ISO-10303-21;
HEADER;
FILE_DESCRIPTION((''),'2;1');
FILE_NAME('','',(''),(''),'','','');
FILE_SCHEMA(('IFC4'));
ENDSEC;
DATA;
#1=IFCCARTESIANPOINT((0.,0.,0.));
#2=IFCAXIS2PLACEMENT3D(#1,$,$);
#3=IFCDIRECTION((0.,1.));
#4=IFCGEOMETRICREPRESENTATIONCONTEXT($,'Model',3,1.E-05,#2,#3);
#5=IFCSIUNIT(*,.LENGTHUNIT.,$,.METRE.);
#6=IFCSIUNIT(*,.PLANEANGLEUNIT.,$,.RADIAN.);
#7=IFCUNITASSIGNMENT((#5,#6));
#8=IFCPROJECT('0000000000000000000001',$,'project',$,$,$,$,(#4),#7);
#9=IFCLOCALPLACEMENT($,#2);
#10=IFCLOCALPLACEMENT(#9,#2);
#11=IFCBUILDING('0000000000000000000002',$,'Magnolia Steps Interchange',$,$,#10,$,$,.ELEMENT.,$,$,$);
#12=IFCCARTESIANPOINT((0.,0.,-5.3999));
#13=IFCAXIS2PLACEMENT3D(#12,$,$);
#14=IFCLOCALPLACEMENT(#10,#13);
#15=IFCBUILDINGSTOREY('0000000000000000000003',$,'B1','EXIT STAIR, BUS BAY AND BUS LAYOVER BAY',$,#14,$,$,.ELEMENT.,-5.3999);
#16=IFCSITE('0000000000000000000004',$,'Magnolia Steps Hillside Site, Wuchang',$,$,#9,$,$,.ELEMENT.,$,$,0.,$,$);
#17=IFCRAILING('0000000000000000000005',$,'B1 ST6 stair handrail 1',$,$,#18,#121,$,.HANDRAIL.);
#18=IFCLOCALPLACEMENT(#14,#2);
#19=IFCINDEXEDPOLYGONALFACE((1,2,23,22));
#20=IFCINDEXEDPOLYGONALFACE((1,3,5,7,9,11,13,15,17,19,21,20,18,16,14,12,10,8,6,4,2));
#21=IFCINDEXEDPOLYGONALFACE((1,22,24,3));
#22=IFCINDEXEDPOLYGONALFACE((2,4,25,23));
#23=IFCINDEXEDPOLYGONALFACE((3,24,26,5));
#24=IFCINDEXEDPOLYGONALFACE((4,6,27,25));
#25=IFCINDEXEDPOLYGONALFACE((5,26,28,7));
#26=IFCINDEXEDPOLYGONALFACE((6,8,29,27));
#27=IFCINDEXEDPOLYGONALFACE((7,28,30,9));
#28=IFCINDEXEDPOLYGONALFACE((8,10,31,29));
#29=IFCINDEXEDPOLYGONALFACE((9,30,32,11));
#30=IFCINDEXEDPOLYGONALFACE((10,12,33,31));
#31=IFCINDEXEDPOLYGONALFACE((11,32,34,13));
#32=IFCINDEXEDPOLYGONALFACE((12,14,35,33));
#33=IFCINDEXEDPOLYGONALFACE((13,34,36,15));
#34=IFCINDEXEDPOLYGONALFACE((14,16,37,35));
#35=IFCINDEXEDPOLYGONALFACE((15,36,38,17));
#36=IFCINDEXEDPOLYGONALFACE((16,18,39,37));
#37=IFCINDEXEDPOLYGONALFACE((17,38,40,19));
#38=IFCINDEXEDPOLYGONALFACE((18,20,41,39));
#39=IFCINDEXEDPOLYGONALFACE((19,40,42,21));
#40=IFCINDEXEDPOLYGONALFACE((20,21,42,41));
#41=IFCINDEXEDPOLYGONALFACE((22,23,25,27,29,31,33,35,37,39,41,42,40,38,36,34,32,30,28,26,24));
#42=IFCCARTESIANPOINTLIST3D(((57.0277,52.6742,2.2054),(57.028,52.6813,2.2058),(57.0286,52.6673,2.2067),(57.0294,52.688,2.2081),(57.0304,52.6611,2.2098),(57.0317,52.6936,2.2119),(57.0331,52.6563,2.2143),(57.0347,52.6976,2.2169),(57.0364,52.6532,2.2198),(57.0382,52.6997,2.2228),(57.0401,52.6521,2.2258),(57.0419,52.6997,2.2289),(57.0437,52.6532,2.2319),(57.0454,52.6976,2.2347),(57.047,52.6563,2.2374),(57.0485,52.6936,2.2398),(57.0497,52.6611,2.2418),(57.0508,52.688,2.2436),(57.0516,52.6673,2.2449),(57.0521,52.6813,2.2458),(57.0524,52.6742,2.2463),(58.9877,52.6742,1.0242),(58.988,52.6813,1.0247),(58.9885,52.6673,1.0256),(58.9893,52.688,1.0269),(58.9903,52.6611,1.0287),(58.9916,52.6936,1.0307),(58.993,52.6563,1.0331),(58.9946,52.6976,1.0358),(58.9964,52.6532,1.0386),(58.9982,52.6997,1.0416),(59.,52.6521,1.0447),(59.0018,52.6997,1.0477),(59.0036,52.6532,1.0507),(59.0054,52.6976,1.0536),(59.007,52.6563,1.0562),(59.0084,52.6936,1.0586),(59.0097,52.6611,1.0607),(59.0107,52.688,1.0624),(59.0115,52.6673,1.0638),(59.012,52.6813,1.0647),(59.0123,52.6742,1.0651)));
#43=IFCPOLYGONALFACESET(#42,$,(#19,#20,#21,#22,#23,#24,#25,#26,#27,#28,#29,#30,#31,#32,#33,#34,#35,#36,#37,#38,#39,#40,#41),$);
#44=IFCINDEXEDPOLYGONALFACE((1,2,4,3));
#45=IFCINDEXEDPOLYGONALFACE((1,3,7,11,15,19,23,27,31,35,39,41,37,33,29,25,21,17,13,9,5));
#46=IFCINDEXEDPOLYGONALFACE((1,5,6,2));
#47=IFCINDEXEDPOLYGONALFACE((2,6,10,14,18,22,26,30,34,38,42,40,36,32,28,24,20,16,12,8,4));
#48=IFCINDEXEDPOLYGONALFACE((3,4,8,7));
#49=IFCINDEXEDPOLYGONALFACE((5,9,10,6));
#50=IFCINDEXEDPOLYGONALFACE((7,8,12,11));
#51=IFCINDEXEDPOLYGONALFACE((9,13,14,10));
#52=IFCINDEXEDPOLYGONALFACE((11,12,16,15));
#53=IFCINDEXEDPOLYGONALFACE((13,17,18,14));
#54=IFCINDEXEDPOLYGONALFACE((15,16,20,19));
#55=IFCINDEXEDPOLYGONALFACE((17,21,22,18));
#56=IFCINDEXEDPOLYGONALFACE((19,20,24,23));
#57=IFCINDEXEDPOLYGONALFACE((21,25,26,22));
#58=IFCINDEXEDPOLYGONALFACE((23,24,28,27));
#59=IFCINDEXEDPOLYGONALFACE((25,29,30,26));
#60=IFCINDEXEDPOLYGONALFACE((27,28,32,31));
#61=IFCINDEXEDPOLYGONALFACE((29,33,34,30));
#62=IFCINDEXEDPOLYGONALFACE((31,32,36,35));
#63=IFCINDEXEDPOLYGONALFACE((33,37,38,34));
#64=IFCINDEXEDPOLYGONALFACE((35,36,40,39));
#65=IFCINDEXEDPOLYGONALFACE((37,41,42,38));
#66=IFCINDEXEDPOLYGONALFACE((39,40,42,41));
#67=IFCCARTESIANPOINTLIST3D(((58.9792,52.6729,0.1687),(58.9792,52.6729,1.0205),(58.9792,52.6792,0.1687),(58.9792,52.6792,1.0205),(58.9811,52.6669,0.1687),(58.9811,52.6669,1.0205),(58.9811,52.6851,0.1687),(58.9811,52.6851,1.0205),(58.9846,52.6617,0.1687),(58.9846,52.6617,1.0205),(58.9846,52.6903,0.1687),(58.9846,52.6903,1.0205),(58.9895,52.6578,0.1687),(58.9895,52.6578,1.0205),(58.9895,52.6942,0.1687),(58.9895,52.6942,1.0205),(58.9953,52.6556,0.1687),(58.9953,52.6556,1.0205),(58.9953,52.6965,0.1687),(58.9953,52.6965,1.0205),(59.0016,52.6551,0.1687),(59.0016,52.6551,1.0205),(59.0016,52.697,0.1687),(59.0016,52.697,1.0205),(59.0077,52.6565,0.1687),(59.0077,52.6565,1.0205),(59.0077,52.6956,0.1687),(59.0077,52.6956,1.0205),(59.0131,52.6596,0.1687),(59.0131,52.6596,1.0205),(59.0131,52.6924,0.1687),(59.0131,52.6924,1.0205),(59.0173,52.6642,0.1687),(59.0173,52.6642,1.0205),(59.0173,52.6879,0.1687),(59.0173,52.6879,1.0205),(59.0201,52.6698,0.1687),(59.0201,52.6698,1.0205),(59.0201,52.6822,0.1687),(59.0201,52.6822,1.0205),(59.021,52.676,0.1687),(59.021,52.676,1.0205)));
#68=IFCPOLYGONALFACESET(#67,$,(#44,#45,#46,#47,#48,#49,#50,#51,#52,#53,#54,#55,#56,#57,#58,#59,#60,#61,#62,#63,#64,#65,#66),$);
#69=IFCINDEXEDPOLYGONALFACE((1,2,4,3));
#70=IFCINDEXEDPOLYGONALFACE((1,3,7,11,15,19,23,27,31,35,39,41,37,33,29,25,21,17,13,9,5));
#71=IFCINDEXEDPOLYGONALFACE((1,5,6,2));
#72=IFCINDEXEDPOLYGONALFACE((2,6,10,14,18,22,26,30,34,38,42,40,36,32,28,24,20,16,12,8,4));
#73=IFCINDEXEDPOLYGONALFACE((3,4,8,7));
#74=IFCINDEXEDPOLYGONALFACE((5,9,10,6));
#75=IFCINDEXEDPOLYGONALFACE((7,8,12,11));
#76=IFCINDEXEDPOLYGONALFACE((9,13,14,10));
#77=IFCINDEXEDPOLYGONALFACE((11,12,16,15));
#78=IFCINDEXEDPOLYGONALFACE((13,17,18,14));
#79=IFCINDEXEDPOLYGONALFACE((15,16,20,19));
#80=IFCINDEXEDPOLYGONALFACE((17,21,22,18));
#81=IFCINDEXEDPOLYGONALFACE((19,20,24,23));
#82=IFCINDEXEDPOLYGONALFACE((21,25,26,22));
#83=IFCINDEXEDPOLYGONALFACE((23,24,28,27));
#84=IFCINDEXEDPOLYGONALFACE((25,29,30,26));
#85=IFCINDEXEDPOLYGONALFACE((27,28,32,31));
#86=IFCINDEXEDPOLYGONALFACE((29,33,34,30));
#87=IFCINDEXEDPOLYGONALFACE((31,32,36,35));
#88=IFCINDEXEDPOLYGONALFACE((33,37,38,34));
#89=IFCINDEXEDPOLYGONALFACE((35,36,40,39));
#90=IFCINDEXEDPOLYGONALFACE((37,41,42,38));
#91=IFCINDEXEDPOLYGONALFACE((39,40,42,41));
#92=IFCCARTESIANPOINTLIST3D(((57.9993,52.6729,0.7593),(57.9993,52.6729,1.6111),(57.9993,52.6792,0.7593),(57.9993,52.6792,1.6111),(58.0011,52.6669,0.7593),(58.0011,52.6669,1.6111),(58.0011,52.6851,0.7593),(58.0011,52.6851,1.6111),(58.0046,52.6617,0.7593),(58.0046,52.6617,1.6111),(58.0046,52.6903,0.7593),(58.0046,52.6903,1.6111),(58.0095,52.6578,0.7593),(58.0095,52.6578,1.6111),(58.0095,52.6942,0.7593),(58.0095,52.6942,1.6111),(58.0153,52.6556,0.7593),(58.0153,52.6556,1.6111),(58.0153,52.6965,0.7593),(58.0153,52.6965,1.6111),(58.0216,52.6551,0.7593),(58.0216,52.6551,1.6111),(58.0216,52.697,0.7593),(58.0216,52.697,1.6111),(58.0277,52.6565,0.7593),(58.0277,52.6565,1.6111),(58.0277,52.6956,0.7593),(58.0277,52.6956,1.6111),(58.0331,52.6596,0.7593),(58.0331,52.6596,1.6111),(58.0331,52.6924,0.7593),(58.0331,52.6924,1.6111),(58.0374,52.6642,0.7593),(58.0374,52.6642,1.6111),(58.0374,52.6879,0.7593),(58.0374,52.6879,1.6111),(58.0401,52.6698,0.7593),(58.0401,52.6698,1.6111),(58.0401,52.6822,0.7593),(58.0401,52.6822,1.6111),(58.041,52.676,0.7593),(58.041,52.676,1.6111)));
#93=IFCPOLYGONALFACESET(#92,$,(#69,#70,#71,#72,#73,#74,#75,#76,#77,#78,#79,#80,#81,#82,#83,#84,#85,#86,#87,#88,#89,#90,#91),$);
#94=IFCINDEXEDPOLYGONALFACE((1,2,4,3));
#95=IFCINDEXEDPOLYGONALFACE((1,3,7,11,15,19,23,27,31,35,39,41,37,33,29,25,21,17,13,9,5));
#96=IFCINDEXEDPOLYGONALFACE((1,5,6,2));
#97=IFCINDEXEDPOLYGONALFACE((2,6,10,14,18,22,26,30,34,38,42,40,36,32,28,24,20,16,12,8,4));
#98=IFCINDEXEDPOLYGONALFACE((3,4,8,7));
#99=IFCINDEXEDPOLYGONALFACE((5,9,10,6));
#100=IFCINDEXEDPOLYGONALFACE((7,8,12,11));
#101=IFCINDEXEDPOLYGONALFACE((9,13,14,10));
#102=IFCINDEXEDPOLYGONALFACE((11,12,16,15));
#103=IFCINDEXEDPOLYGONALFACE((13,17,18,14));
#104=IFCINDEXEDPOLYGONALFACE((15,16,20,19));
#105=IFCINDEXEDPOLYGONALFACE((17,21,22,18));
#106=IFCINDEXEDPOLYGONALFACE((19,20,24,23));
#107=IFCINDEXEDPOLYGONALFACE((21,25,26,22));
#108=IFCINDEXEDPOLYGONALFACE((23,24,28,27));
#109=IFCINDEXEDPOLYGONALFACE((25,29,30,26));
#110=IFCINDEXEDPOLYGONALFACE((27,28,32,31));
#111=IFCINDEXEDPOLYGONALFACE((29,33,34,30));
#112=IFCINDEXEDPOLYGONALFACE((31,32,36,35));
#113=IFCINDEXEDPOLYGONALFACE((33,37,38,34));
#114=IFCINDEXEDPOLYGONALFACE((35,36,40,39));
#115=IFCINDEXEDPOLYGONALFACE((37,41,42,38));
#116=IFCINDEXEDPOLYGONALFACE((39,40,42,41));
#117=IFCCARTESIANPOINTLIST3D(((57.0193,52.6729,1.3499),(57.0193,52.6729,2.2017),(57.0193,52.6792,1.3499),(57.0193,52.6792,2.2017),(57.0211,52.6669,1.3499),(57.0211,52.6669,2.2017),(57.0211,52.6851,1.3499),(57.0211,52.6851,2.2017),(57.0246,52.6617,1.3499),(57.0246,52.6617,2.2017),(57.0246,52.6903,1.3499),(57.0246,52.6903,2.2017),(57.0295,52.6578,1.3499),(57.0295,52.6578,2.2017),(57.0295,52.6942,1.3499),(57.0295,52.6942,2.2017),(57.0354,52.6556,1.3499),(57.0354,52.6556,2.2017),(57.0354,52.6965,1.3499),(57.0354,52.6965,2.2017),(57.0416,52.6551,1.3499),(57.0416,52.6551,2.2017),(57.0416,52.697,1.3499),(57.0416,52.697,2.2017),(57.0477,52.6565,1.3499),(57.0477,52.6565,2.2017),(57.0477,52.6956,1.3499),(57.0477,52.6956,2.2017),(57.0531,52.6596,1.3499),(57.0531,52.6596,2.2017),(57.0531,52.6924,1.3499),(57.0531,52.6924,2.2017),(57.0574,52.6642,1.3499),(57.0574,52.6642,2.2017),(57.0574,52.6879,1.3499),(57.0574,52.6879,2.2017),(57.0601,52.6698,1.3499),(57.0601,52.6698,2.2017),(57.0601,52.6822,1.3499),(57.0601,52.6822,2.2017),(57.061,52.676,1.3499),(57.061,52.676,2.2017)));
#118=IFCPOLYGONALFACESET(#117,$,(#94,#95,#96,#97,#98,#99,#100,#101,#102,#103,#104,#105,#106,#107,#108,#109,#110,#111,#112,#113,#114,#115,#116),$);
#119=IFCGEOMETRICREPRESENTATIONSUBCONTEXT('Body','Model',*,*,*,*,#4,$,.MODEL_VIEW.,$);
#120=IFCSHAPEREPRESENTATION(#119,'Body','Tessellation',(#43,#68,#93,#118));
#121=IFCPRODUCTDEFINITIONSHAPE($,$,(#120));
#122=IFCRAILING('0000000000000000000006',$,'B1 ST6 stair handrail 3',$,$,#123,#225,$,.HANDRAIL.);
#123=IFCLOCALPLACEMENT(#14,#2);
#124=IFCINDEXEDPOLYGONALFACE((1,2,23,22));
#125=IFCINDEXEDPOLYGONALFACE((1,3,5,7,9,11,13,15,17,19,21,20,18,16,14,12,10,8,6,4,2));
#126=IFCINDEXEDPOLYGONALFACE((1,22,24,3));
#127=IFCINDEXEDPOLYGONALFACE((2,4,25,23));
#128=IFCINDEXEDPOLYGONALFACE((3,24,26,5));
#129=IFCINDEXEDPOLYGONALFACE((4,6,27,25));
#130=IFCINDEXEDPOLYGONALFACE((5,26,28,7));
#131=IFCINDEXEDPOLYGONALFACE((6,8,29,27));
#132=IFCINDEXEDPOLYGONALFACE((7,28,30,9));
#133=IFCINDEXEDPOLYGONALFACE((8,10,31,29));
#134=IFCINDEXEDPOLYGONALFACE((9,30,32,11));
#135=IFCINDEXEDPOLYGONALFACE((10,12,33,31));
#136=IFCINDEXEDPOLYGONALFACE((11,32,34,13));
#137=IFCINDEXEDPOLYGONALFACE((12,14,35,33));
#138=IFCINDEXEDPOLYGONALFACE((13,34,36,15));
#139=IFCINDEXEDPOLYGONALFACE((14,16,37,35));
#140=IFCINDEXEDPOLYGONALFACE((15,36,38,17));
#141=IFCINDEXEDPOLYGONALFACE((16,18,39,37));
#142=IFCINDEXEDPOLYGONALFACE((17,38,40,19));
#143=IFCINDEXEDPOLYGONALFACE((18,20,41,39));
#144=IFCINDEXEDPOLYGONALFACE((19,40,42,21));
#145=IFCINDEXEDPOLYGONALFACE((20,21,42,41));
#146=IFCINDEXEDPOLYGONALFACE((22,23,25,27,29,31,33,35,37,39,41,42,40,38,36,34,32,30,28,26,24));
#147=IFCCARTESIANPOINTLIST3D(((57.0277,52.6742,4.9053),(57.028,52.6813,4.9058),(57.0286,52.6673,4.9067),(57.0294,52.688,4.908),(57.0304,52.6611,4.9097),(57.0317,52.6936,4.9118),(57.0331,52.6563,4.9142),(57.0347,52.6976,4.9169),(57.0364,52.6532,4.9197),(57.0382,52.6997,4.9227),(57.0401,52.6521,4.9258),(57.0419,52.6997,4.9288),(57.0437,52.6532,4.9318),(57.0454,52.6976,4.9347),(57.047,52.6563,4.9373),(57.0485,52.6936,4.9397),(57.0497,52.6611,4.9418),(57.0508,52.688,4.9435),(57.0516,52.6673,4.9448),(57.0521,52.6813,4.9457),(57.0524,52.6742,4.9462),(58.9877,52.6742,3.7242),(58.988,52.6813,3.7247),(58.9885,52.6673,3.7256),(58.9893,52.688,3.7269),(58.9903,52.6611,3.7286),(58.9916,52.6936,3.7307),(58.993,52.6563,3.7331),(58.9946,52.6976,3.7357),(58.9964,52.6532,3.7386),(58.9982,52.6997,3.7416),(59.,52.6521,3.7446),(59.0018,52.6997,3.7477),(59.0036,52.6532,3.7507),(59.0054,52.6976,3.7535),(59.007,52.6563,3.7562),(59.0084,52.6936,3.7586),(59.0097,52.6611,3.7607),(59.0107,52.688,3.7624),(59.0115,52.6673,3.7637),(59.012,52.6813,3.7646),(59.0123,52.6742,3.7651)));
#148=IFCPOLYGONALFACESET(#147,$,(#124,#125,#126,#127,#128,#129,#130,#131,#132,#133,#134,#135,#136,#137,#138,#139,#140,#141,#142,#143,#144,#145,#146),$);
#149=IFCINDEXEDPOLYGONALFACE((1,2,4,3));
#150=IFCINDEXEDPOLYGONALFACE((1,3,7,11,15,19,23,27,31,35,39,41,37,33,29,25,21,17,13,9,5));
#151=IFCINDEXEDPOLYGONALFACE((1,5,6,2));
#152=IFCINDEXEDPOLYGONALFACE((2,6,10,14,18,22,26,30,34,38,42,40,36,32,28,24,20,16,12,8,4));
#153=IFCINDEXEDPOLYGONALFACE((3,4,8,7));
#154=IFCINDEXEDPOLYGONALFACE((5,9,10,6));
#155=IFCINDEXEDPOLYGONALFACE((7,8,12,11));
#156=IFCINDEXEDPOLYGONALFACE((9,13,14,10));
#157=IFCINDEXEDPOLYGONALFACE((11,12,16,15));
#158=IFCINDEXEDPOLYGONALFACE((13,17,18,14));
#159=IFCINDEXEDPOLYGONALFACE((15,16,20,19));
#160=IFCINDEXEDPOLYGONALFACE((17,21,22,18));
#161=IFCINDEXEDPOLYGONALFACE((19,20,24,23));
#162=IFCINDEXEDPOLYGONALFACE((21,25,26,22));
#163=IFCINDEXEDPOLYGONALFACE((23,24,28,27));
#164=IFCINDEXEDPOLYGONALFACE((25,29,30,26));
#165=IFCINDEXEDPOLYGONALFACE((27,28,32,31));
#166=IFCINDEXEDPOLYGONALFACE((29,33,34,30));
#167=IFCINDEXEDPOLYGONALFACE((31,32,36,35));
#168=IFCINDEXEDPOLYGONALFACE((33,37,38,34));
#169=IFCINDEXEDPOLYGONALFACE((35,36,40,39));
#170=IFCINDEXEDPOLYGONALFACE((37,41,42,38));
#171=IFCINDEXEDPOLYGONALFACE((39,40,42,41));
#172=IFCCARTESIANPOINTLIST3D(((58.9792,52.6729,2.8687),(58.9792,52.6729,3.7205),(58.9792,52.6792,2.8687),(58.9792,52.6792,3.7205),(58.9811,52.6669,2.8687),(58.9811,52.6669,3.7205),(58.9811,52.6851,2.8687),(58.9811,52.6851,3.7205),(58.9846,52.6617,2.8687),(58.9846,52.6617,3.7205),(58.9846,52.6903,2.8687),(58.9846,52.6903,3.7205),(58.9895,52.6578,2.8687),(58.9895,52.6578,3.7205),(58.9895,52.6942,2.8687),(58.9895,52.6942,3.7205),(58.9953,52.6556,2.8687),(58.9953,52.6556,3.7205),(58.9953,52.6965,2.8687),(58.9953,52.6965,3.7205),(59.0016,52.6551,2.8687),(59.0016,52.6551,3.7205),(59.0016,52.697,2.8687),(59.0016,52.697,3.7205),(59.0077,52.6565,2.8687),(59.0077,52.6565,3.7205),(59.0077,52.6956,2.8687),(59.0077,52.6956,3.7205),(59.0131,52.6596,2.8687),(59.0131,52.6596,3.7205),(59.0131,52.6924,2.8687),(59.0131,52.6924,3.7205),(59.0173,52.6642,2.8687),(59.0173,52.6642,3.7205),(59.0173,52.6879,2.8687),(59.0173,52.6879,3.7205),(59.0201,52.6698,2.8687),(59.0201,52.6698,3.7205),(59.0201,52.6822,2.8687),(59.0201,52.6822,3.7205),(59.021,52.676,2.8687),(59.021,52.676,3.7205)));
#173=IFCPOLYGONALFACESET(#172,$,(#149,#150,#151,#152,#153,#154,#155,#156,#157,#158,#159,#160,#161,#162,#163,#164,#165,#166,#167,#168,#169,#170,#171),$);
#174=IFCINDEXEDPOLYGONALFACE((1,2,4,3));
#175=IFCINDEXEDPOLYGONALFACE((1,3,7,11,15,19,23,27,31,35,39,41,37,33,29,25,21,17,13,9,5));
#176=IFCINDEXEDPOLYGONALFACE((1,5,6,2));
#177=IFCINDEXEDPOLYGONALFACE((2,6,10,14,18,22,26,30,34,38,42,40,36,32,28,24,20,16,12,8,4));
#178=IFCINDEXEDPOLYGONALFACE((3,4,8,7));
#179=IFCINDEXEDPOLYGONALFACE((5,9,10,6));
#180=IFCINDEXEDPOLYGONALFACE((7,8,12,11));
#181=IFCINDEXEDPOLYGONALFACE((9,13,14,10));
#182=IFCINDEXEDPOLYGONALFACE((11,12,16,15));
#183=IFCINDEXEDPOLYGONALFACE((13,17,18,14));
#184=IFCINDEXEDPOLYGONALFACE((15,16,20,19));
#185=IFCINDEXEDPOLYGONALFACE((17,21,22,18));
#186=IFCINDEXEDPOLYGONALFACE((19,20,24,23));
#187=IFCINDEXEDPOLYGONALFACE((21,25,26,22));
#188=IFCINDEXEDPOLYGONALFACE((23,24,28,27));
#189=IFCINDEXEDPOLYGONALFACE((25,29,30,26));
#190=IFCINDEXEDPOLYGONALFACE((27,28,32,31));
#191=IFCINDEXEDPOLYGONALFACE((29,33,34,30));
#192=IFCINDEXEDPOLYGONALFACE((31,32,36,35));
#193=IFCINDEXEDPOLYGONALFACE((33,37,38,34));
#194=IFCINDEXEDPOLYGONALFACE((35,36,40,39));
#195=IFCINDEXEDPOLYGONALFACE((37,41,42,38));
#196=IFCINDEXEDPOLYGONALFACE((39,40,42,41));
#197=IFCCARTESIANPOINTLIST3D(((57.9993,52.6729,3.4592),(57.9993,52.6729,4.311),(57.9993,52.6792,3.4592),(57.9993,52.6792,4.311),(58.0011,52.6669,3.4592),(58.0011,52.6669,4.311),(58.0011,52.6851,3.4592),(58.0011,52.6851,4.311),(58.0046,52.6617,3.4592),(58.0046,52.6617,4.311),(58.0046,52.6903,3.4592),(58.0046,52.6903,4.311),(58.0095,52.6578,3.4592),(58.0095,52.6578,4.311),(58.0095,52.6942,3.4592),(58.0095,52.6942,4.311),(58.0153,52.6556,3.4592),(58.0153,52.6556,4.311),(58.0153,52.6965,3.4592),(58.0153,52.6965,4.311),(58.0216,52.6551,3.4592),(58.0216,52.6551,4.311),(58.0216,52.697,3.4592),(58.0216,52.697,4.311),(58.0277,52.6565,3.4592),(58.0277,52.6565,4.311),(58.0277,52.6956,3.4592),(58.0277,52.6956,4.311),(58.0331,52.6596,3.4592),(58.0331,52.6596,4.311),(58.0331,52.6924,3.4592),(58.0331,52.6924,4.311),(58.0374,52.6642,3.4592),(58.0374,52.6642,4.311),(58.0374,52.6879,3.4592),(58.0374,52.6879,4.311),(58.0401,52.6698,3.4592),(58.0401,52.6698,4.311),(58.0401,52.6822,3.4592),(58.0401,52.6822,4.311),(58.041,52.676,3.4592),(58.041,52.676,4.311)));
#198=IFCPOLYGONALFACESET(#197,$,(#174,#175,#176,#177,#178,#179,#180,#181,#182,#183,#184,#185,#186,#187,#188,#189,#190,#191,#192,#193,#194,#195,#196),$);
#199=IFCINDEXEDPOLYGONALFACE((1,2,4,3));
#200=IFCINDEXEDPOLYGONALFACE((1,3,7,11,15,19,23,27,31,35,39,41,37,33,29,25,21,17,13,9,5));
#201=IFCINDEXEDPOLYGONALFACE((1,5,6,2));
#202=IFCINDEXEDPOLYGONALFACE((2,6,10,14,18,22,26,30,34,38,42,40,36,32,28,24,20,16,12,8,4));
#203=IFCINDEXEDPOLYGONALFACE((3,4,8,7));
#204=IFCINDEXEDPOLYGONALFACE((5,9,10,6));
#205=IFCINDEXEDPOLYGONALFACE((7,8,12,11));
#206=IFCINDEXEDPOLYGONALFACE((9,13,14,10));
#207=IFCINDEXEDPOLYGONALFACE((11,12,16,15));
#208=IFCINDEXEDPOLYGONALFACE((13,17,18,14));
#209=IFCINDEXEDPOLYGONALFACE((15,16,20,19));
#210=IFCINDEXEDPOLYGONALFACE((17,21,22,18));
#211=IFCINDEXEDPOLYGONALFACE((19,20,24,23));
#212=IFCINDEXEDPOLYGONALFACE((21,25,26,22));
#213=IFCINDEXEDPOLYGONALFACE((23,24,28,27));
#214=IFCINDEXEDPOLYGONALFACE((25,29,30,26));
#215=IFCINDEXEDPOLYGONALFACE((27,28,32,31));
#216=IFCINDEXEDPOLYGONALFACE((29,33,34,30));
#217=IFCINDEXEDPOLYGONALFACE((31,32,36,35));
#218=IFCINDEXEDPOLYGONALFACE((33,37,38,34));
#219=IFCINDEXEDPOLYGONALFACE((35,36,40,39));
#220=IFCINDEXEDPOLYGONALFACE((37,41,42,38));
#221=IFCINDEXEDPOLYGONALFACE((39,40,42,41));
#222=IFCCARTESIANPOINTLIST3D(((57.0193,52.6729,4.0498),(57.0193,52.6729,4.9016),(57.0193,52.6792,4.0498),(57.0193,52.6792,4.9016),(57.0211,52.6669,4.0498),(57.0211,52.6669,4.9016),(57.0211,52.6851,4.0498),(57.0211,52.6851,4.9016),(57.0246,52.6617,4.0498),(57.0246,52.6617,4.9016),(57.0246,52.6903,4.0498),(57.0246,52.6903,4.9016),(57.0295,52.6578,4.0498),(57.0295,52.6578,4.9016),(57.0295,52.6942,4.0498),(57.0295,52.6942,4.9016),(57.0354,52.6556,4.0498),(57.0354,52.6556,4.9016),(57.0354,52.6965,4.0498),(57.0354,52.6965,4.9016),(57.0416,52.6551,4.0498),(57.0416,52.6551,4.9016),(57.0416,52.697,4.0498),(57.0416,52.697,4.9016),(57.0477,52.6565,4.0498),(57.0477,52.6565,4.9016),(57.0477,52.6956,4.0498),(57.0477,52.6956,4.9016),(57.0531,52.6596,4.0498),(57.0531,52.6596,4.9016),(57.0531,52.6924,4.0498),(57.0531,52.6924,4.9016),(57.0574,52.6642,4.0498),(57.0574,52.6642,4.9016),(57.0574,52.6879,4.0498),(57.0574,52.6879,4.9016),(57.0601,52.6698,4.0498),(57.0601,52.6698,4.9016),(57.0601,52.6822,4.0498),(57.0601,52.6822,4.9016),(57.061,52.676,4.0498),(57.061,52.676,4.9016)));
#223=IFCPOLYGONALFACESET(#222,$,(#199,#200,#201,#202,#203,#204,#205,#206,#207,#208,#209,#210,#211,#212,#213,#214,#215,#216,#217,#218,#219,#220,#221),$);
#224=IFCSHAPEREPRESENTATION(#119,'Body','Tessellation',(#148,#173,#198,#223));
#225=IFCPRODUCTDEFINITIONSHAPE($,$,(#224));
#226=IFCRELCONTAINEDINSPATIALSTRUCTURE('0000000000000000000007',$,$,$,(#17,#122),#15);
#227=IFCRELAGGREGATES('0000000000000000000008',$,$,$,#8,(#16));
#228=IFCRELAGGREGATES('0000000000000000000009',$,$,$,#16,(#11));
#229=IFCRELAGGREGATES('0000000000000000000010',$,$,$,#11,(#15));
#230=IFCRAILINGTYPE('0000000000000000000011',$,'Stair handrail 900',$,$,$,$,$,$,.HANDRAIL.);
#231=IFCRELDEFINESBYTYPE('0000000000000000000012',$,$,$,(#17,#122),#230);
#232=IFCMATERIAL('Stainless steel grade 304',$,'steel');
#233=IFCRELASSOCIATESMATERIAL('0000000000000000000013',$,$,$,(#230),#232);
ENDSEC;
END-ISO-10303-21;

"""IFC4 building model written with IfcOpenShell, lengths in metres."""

from ifc_helpers import new_model, si_unit, direction, frame, origin, origin_2d, place, context, subcontext, project, spatial, circle, extrude, material, type_object, element, save


model = new_model("IFC4")

# Units and contexts
model_context = context("Model", 3, precision=1e-05, world=origin(), true_north=direction((0.0, 1.0)))
body_context = subcontext(model_context, "Body", "Model", "MODEL_VIEW")
ifc_project = project(units=[si_unit("LENGTHUNIT", "METRE"), si_unit("PLANEANGLEUNIT", "RADIAN")], contexts=[model_context])

# Site, building, storey
site_placement = place(None, origin())
site = spatial("IfcSite", under=ifc_project, at=site_placement, Name="Magnolia Steps Hillside Site, Wuchang", CompositionType="ELEMENT", RefElevation=0.0)
building_placement = place(site_placement, origin())
building = spatial("IfcBuilding", under=site, at=building_placement, Name="Magnolia Steps Interchange", CompositionType="ELEMENT")
storey_placement = place(building_placement, frame((0.0, 0.0, -5.3999)))
storey = spatial("IfcBuildingStorey", under=building, at=storey_placement, Name="B1", Description="EXIT STAIR, BUS BAY AND BUS LAYOVER BAY", CompositionType="ELEMENT", Elevation=-5.3999)

# Railings
ifc_material_1 = material(Name="Stainless steel grade 304", Category="steel")
railing_type_1 = type_object("IfcRailingType", Name="Stair handrail 900", PredefinedType="HANDRAIL", material=ifc_material_1)
for number, where, name in (
    (1, (59.0, 52.676, 0.1687), "B1 ST6 stair handrail 1"),
    (2, (59.0, 52.676, 2.8687), "B1 ST6 stair handrail 3"),
):
    element("IfcRailing", number, at=place(storey_placement, frame(where)), inside=storey, type_object=railing_type_1, Name=name, PredefinedType="HANDRAIL", context=body_context, shape_type="SweptSolid", body=[
        extrude(circle(Radius=0.0239, at=origin_2d()), frame((0.0, 0.0, 0.876), z_axis=(-0.856493, 0.0, 0.516158), x_axis=(0.0, -1.0, 0.0)), (0.0, 0.0, 1.0), 2.2883),
        extrude(circle(Radius=0.021, at=origin_2d()), origin(), (0.0, 0.0, 1.0), 0.8518),
        extrude(circle(Radius=0.021, at=origin_2d()), frame((-0.98, 0.0, 0.5906)), (0.0, 0.0, 1.0), 0.8518),
        extrude(circle(Radius=0.021, at=origin_2d()), frame((-1.96, 0.0, 1.1812)), (0.0, 0.0, 1.0), 0.8518),
    ])

save(model, "model.ifc")
